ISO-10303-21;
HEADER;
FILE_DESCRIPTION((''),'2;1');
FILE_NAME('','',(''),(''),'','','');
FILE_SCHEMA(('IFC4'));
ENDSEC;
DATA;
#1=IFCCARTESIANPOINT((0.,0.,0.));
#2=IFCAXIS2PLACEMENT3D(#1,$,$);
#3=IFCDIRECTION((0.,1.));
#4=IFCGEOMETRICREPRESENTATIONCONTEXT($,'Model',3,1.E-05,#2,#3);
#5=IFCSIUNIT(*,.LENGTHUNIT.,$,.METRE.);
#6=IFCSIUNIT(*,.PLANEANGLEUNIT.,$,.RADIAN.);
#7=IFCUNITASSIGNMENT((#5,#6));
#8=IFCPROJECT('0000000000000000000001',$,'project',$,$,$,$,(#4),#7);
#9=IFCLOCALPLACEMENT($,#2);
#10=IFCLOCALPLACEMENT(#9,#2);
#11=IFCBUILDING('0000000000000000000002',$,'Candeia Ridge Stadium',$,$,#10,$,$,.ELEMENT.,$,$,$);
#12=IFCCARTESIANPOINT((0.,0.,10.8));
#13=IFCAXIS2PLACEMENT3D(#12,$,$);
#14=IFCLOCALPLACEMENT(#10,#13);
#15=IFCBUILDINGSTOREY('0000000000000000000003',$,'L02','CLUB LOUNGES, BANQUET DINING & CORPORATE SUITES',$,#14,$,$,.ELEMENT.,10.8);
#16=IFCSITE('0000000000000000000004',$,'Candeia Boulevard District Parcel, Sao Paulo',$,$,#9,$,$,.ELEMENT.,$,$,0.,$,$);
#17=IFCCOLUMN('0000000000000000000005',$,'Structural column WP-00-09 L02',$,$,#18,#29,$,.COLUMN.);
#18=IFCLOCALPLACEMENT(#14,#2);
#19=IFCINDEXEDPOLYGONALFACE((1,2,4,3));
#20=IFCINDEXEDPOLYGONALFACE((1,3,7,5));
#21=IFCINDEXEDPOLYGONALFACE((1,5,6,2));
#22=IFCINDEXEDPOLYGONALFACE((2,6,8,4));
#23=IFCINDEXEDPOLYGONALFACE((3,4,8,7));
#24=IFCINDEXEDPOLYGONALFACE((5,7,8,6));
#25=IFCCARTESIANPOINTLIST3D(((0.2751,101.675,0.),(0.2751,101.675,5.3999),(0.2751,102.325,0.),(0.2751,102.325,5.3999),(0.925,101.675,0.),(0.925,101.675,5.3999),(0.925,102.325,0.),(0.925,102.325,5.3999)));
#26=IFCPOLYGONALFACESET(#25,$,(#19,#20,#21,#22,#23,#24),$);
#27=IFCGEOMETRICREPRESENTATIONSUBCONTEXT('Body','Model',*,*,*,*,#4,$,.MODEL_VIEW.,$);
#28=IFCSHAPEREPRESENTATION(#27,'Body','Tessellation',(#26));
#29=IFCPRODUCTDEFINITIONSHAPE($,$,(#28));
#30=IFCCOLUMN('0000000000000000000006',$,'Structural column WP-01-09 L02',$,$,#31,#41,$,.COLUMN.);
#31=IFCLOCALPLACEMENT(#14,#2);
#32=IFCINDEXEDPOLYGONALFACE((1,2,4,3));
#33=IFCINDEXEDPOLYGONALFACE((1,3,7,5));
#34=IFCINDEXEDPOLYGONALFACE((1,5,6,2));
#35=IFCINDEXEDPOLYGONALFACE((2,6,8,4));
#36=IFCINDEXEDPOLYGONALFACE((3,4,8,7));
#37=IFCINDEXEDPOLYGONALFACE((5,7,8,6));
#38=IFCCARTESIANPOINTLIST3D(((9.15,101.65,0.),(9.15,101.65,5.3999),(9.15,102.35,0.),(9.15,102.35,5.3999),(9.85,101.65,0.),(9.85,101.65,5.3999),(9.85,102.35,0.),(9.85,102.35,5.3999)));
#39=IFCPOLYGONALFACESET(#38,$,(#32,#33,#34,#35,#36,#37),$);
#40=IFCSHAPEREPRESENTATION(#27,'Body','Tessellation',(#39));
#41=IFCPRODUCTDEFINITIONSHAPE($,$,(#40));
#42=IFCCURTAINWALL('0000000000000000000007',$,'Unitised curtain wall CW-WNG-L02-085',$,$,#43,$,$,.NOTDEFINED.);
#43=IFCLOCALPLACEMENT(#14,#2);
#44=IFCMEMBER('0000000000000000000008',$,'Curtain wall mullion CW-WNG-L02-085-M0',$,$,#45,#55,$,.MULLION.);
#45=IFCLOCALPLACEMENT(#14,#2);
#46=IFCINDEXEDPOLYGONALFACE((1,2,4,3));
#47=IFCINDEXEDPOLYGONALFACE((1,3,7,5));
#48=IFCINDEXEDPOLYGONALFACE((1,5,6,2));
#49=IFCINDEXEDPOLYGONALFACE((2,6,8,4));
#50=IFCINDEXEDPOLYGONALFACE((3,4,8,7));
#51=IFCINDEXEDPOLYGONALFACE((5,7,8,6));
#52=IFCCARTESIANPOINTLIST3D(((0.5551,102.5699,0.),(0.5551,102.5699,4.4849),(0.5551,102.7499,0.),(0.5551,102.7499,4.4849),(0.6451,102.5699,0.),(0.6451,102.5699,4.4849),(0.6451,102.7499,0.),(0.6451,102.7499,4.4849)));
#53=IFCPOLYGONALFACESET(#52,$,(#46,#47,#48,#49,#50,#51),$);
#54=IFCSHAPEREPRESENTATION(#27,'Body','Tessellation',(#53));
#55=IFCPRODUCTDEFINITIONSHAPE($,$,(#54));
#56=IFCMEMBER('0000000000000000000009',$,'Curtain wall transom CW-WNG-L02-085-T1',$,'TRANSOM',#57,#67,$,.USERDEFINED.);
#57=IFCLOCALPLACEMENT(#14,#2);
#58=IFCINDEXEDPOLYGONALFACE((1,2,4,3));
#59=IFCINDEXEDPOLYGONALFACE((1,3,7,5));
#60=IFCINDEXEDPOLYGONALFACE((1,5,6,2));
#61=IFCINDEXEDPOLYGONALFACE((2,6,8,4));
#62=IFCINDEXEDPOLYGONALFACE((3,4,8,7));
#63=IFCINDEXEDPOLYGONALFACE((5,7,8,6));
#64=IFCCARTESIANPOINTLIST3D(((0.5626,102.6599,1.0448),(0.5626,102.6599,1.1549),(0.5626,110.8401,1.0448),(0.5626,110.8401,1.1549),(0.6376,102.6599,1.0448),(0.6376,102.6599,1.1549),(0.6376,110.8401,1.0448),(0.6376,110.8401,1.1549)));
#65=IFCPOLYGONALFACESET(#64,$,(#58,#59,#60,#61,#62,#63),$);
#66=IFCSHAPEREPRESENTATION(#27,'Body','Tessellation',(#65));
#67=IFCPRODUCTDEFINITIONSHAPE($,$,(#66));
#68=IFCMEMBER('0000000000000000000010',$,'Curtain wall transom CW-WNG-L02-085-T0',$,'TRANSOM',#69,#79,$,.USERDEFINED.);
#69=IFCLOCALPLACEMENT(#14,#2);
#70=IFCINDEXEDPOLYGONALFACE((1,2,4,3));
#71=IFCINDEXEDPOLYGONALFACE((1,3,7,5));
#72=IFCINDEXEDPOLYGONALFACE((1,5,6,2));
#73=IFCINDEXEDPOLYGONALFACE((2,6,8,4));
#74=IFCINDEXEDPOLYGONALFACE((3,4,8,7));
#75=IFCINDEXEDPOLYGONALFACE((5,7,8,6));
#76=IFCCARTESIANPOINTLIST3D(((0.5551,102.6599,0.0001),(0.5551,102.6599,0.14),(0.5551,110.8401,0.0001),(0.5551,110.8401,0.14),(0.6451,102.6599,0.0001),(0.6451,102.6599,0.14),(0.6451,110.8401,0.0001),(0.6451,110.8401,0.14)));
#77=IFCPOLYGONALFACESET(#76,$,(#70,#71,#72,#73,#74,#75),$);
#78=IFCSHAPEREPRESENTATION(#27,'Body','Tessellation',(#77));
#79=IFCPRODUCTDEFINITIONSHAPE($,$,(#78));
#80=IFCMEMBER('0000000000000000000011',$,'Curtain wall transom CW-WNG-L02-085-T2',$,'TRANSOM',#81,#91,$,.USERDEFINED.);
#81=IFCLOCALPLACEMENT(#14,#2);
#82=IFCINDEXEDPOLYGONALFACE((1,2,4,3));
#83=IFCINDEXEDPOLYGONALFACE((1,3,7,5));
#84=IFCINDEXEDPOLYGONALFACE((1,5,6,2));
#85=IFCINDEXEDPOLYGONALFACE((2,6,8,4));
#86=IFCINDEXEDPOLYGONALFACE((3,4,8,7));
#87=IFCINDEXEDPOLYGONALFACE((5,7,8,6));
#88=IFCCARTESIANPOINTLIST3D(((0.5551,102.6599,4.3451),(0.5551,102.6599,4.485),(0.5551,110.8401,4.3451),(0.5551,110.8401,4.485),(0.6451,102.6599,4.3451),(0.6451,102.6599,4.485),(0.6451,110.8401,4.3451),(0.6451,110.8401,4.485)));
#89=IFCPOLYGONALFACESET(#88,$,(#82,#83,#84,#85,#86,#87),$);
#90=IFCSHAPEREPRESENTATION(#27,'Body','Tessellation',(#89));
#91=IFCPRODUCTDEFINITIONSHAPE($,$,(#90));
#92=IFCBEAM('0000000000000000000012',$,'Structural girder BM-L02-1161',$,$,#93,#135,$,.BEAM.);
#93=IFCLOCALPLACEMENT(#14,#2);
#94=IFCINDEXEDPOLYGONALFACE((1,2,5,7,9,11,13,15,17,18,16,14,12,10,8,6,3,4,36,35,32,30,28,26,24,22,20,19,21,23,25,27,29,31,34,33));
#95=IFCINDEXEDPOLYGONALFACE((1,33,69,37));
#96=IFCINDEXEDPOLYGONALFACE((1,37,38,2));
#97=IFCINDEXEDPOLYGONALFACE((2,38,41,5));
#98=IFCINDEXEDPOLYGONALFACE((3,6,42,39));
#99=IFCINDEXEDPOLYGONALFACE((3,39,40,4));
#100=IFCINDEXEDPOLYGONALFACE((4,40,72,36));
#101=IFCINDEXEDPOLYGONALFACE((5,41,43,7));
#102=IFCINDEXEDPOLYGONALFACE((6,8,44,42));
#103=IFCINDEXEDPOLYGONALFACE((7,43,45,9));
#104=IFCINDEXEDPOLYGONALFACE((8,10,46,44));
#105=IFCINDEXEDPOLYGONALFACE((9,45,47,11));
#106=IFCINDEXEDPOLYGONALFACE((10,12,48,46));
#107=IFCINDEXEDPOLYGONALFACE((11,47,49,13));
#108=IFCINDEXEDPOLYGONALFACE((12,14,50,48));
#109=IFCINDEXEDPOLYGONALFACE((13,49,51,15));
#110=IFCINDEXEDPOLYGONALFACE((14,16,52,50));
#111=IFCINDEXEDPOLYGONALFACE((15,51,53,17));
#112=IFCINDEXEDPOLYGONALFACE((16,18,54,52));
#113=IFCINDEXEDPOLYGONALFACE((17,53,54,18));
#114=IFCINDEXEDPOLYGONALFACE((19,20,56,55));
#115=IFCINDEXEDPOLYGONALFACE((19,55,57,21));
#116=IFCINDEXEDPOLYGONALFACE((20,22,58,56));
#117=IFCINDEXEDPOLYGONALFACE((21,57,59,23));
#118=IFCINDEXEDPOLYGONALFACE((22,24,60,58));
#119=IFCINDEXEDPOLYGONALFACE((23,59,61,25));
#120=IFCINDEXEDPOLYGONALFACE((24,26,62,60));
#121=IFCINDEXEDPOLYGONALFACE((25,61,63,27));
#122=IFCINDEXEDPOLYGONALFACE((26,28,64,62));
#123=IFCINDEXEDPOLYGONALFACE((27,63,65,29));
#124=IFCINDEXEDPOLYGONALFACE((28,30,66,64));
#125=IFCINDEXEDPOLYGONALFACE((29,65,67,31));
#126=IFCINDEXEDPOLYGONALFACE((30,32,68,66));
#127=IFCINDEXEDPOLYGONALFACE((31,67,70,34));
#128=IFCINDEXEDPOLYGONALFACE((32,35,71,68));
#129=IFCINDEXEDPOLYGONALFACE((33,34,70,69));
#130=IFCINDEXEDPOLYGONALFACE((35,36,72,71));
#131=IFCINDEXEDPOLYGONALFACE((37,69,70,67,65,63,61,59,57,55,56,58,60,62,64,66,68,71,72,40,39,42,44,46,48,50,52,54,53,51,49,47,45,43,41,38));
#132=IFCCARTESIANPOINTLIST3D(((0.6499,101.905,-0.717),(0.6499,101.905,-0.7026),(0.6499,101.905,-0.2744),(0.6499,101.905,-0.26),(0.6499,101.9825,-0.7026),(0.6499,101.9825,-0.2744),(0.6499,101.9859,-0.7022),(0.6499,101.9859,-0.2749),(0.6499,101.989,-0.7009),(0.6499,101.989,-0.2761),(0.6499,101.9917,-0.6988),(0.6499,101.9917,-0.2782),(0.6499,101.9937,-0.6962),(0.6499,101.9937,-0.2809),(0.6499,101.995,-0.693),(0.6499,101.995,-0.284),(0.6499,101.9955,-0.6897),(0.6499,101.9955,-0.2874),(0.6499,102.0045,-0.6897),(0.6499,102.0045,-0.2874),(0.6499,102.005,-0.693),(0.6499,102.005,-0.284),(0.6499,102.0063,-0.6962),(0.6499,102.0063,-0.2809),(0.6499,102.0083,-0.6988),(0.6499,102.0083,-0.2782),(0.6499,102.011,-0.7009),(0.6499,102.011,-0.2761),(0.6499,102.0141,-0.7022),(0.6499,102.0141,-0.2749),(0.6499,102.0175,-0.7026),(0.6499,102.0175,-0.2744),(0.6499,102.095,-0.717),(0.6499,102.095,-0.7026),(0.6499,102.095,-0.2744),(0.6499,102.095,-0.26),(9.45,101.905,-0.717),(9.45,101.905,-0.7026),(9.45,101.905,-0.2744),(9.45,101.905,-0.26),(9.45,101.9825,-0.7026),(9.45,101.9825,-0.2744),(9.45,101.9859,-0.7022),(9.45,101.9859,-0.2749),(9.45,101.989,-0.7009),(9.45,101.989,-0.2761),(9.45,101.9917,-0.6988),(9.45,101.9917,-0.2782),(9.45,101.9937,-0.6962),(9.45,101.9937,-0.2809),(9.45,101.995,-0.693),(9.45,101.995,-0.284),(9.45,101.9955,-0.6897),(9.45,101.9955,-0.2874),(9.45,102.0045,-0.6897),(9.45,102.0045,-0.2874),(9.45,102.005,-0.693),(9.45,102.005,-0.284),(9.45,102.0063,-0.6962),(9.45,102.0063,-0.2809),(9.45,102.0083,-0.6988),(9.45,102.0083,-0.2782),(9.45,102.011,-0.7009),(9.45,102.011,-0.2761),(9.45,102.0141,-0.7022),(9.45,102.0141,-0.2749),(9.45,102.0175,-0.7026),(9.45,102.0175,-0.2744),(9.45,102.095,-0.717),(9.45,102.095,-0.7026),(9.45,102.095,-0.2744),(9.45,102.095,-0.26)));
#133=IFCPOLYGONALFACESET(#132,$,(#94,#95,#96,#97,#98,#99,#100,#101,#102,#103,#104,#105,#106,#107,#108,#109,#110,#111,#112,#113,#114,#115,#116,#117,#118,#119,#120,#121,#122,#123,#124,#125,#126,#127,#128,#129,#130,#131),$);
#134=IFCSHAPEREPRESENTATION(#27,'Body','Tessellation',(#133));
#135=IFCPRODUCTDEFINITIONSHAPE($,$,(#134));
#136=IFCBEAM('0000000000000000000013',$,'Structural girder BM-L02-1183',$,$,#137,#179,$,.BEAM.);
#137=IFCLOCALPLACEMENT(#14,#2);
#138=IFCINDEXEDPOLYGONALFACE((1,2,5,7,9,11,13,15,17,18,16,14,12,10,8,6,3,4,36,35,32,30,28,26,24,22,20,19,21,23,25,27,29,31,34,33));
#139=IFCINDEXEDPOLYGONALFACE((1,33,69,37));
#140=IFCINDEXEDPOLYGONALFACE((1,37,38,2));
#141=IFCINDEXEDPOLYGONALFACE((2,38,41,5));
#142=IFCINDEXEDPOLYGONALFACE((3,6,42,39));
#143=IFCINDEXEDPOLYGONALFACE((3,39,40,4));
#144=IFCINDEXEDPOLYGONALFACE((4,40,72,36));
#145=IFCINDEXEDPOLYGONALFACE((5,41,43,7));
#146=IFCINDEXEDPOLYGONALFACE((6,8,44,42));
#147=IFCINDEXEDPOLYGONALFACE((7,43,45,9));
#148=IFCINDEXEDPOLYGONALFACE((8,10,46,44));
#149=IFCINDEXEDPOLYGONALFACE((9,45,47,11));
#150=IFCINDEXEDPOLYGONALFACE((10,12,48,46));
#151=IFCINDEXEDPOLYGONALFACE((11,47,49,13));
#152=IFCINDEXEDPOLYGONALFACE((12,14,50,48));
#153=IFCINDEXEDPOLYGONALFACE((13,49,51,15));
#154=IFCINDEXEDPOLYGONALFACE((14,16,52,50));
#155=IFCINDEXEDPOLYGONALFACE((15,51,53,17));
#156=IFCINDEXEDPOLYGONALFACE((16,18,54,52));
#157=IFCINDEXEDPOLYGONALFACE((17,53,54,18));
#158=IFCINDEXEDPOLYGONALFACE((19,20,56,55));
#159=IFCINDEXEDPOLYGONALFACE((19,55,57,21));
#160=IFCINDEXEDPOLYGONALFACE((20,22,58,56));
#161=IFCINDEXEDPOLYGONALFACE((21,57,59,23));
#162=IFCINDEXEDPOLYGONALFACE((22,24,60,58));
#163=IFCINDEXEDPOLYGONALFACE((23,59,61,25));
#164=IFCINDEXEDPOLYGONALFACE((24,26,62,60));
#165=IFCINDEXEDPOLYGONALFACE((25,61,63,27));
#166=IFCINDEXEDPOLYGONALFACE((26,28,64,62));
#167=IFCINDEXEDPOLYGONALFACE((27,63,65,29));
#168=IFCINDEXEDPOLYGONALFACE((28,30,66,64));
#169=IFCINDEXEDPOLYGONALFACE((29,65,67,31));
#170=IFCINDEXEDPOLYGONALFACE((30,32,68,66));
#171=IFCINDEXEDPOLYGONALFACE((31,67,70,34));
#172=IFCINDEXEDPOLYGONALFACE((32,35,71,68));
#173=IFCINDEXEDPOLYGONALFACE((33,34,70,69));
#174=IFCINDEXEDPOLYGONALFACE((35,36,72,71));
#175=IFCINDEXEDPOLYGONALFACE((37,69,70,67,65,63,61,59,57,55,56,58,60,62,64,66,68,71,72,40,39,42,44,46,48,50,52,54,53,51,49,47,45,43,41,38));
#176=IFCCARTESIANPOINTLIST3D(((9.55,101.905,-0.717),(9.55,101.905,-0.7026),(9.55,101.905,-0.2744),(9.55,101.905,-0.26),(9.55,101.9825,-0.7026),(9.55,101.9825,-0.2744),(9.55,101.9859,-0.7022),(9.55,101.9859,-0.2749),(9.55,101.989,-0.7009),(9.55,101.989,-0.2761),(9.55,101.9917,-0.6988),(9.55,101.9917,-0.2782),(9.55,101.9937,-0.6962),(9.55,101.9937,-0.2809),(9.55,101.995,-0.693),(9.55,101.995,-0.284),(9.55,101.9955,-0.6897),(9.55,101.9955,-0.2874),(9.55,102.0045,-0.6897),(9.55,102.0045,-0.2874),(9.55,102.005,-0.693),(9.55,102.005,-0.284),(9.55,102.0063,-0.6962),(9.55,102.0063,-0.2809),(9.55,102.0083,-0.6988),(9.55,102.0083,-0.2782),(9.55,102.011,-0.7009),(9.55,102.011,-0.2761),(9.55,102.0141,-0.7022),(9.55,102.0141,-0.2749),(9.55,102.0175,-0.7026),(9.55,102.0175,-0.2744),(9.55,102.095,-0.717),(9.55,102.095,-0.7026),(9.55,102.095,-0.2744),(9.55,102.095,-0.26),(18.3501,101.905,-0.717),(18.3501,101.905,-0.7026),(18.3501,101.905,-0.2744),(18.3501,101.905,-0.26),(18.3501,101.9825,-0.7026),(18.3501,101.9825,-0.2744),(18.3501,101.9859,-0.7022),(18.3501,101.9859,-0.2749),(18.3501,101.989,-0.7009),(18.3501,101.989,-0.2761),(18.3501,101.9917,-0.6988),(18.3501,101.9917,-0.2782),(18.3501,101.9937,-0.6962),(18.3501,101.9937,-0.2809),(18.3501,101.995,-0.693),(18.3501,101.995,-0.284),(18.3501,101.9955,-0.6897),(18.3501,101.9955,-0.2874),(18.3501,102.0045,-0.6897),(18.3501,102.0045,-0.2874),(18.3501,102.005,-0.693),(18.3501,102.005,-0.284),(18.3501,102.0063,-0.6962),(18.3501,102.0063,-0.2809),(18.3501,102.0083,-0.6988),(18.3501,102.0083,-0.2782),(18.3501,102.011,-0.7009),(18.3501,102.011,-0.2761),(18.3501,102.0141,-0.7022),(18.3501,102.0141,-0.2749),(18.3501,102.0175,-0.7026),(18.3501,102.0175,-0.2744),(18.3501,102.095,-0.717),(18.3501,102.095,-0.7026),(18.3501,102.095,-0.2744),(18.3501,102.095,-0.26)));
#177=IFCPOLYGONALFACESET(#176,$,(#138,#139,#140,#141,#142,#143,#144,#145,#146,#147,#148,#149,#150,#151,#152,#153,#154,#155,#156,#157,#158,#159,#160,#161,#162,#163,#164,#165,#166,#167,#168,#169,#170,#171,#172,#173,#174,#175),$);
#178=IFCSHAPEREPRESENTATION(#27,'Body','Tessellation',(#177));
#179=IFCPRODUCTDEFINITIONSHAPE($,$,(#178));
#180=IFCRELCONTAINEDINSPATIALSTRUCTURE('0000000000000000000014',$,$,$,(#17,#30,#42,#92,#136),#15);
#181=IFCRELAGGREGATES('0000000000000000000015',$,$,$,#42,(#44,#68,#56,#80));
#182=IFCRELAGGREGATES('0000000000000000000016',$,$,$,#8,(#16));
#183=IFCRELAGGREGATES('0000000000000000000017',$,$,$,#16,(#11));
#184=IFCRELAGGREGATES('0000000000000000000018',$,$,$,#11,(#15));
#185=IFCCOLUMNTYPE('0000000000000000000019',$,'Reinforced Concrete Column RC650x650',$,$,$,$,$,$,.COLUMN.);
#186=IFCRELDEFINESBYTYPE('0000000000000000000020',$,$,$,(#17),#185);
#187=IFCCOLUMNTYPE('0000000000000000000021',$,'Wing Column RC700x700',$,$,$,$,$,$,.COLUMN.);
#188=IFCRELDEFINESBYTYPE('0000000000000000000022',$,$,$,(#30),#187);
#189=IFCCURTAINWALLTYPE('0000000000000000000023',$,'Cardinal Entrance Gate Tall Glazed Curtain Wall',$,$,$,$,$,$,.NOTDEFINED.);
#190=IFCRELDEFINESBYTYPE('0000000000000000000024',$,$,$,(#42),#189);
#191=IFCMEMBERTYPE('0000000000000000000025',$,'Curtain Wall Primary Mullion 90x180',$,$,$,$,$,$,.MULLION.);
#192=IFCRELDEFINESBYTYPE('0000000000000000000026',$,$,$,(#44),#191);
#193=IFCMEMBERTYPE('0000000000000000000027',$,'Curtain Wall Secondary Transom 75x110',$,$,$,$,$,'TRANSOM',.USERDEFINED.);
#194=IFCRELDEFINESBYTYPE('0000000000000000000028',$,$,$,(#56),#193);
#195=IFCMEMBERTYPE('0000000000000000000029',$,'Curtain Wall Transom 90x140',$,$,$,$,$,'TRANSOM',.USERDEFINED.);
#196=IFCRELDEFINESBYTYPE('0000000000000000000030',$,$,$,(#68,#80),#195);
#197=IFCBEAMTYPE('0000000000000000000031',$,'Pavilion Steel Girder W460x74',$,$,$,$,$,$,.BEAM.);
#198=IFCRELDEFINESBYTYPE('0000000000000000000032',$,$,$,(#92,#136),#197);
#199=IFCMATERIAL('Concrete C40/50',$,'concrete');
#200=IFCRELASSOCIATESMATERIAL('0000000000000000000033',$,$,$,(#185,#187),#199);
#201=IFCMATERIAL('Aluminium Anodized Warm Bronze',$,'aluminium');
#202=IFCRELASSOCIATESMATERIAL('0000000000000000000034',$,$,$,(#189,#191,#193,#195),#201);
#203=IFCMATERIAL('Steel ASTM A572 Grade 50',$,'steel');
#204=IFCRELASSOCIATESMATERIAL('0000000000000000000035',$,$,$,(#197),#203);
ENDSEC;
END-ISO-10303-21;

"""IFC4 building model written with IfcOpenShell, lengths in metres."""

from ifc_helpers import new_model, si_unit, direction, frame, origin, origin_2d, place, context, subcontext, project, spatial, rectangle, i_section, extrude, material, material_profile, profile_set, type_object, element, aggregate, save


model = new_model("IFC4")

# Units and contexts
model_context = context("Model", 3, precision=1e-05, world=origin(), true_north=direction((0.0, 1.0)))
body_context = subcontext(model_context, "Body", "Model", "MODEL_VIEW")
ifc_project = project(units=[si_unit("LENGTHUNIT", "METRE"), si_unit("PLANEANGLEUNIT", "RADIAN")], contexts=[model_context])

# Site, building, storey
site_placement = place(None, origin())
site = spatial("IfcSite", under=ifc_project, at=site_placement, Name="Candeia Boulevard District Parcel, Sao Paulo", CompositionType="ELEMENT", RefElevation=0.0)
building_placement = place(site_placement, origin())
building = spatial("IfcBuilding", under=site, at=building_placement, Name="Candeia Ridge Stadium", CompositionType="ELEMENT")
storey_placement = place(building_placement, frame((0.0, 0.0, 10.8)))
storey = spatial("IfcBuildingStorey", under=building, at=storey_placement, Name="L02", Description="CLUB LOUNGES, BANQUET DINING & CORPORATE SUITES", CompositionType="ELEMENT", Elevation=10.8)

# Columns
ifc_material_1 = material(Name="Concrete C40/50", Category="concrete")
ifc_material_profile_1 = material_profile(ifc_material_1, rectangle(XDim=0.6499, YDim=0.6499, at=origin_2d()), Name="RC650x650", Category="concrete")
ifc_profile_set_1 = profile_set([ifc_material_profile_1], Name="Concrete C40/50")
column_type_1 = type_object("IfcColumnType", Name="Reinforced Concrete Column RC650x650", PredefinedType="COLUMN", material=ifc_profile_set_1)
column_1_placement = place(storey_placement, frame((0.6001, 102.0, 0.0), z_axis=(0.0, 0.0, 1.0), x_axis=(1.0, 0.0, 0.0)))
element("IfcColumn", 1, at=column_1_placement, inside=storey, type_object=column_type_1, Name="Structural column WP-00-09 L02", PredefinedType="COLUMN", context=body_context, shape_type="SweptSolid", body=[
    extrude(rectangle(XDim=0.6499, YDim=0.6499, at=origin_2d()), origin(), (0.0, 0.0, 1.0), 5.3999),
])
ifc_material_profile_2 = material_profile(ifc_material_1, rectangle(XDim=0.7, YDim=0.7, at=origin_2d()), Name="RC700x700", Category="concrete")
ifc_profile_set_2 = profile_set([ifc_material_profile_2], Name="Concrete C40/50")
column_type_2 = type_object("IfcColumnType", Name="Wing Column RC700x700", PredefinedType="COLUMN", material=ifc_profile_set_2)
column_2_placement = place(storey_placement, frame((9.5, 102.0, 0.0), z_axis=(0.0, 0.0, 1.0), x_axis=(1.0, 0.0, 0.0)))
element("IfcColumn", 2, at=column_2_placement, inside=storey, type_object=column_type_2, Name="Structural column WP-01-09 L02", PredefinedType="COLUMN", context=body_context, shape_type="SweptSolid", body=[
    extrude(rectangle(XDim=0.7, YDim=0.7, at=origin_2d()), origin(), (0.0, 0.0, 1.0), 5.3999),
])

# Curtain wall, members
ifc_material_2 = material(Name="Aluminium Anodized Warm Bronze", Category="aluminium")
curtain_wall_type = type_object("IfcCurtainWallType", Name="Cardinal Entrance Gate Tall Glazed Curtain Wall", PredefinedType="NOTDEFINED", material=ifc_material_2)
curtain_wall_placement = place(storey_placement, origin())
curtain_wall = element("IfcCurtainWall", 3, at=curtain_wall_placement, inside=storey, type_object=curtain_wall_type, Name="Unitised curtain wall CW-WNG-L02-085", PredefinedType="NOTDEFINED")
ifc_material_profile_3 = material_profile(ifc_material_2, rectangle(XDim=0.0901, YDim=0.1799, at=origin_2d()), Name="CWM-90x180", Category="aluminium")
ifc_profile_set_3 = profile_set([ifc_material_profile_3], Name="Aluminium Anodized Warm Bronze")
member_type_1 = type_object("IfcMemberType", Name="Curtain Wall Primary Mullion 90x180", PredefinedType="MULLION", material=ifc_profile_set_3)
member_1_placement = place(storey_placement, frame((0.6001, 102.6599, 0.0), z_axis=(0.0, 0.0, 1.0), x_axis=(1.0, 0.0, 0.0)))
member_1 = element("IfcMember", 4, at=member_1_placement, type_object=member_type_1, Name="Curtain wall mullion CW-WNG-L02-085-M0", PredefinedType="MULLION", context=body_context, shape_type="SweptSolid", body=[
    extrude(rectangle(XDim=0.0901, YDim=0.1799, at=origin_2d()), origin(), (0.0, 0.0, 1.0), 4.4849),
])
ifc_material_profile_4 = material_profile(ifc_material_2, rectangle(XDim=0.075, YDim=0.1101, at=origin_2d()), Name="CWT-75x110", Category="aluminium")
ifc_profile_set_4 = profile_set([ifc_material_profile_4], Name="Aluminium Anodized Warm Bronze")
member_type_2 = type_object("IfcMemberType", Name="Curtain Wall Secondary Transom 75x110", ElementType="TRANSOM", PredefinedType="USERDEFINED", material=ifc_profile_set_4)
member_2_placement = place(storey_placement, frame((0.6001, 102.6599, 1.0999), z_axis=(0.0, 1.0, 0.0), x_axis=(-1.0, 0.0, 0.0)))
member_2 = element("IfcMember", 5, at=member_2_placement, type_object=member_type_2, Name="Curtain wall transom CW-WNG-L02-085-T1", ObjectType="TRANSOM", PredefinedType="USERDEFINED", context=body_context, shape_type="SweptSolid", body=[
    extrude(rectangle(XDim=0.075, YDim=0.1101, at=origin_2d()), origin(), (0.0, 0.0, 1.0), 8.1802),
])
ifc_material_profile_5 = material_profile(ifc_material_2, rectangle(XDim=0.0901, YDim=0.1399, at=origin_2d()), Name="CWT-90x140", Category="aluminium")
ifc_profile_set_5 = profile_set([ifc_material_profile_5], Name="Aluminium Anodized Warm Bronze")
member_type_3 = type_object("IfcMemberType", Name="Curtain Wall Transom 90x140", ElementType="TRANSOM", PredefinedType="USERDEFINED", material=ifc_profile_set_5)
member_3_placement = place(storey_placement, frame((0.6001, 102.6599, 0.0701), z_axis=(0.0, 1.0, 0.0), x_axis=(-1.0, 0.0, 0.0)))
member_3 = element("IfcMember", 6, at=member_3_placement, type_object=member_type_3, Name="Curtain wall transom CW-WNG-L02-085-T0", ObjectType="TRANSOM", PredefinedType="USERDEFINED", context=body_context, shape_type="SweptSolid", body=[
    extrude(rectangle(XDim=0.0901, YDim=0.1399, at=origin_2d()), origin(), (0.0, 0.0, 1.0), 8.1802),
])
member_4_placement = place(storey_placement, frame((0.6001, 102.6599, 4.415), z_axis=(0.0, 1.0, 0.0), x_axis=(-1.0, 0.0, 0.0)))
member_4 = element("IfcMember", 7, at=member_4_placement, type_object=member_type_3, Name="Curtain wall transom CW-WNG-L02-085-T2", ObjectType="TRANSOM", PredefinedType="USERDEFINED", context=body_context, shape_type="SweptSolid", body=[
    extrude(rectangle(XDim=0.0901, YDim=0.1399, at=origin_2d()), origin(), (0.0, 0.0, 1.0), 8.1802),
])

# Beams
ifc_material_3 = material(Name="Steel ASTM A572 Grade 50", Category="steel")
ifc_material_profile_6 = material_profile(ifc_material_3, i_section(OverallWidth=0.1899, OverallDepth=0.457, WebThickness=0.009, FlangeThickness=0.0144, FilletRadius=0.0129, at=origin_2d()), Name="W460x74", Category="steel")
ifc_profile_set_6 = profile_set([ifc_material_profile_6], Name="Steel ASTM A572 Grade 50")
beam_type_1 = type_object("IfcBeamType", Name="Pavilion Steel Girder W460x74", PredefinedType="BEAM", material=ifc_profile_set_6)
for number, where, z_axis, x_axis, name in (
    (8, (0.6499, 102.0, -0.4885), (1.0, 0.0, 0.0), (0.0, 1.0, 0.0), "Structural girder BM-L02-1161"),
    (9, (9.55, 102.0, -0.4885), (1.0, 0.0, 0.0), (0.0, 1.0, 0.0), "Structural girder BM-L02-1183"),
):
    element("IfcBeam", number, at=place(storey_placement, frame(where, z_axis=z_axis, x_axis=x_axis)), inside=storey, type_object=beam_type_1, Name=name, PredefinedType="BEAM", context=body_context, shape_type="SweptSolid", body=[
        extrude(i_section(OverallWidth=0.1899, OverallDepth=0.457, WebThickness=0.009, FlangeThickness=0.0144, FilletRadius=0.0129, at=origin_2d()), origin(), (0.0, 0.0, 1.0), 8.8),
    ])

aggregate(curtain_wall, [member_1, member_3, member_2, member_4])

save(model, "model.ifc")
